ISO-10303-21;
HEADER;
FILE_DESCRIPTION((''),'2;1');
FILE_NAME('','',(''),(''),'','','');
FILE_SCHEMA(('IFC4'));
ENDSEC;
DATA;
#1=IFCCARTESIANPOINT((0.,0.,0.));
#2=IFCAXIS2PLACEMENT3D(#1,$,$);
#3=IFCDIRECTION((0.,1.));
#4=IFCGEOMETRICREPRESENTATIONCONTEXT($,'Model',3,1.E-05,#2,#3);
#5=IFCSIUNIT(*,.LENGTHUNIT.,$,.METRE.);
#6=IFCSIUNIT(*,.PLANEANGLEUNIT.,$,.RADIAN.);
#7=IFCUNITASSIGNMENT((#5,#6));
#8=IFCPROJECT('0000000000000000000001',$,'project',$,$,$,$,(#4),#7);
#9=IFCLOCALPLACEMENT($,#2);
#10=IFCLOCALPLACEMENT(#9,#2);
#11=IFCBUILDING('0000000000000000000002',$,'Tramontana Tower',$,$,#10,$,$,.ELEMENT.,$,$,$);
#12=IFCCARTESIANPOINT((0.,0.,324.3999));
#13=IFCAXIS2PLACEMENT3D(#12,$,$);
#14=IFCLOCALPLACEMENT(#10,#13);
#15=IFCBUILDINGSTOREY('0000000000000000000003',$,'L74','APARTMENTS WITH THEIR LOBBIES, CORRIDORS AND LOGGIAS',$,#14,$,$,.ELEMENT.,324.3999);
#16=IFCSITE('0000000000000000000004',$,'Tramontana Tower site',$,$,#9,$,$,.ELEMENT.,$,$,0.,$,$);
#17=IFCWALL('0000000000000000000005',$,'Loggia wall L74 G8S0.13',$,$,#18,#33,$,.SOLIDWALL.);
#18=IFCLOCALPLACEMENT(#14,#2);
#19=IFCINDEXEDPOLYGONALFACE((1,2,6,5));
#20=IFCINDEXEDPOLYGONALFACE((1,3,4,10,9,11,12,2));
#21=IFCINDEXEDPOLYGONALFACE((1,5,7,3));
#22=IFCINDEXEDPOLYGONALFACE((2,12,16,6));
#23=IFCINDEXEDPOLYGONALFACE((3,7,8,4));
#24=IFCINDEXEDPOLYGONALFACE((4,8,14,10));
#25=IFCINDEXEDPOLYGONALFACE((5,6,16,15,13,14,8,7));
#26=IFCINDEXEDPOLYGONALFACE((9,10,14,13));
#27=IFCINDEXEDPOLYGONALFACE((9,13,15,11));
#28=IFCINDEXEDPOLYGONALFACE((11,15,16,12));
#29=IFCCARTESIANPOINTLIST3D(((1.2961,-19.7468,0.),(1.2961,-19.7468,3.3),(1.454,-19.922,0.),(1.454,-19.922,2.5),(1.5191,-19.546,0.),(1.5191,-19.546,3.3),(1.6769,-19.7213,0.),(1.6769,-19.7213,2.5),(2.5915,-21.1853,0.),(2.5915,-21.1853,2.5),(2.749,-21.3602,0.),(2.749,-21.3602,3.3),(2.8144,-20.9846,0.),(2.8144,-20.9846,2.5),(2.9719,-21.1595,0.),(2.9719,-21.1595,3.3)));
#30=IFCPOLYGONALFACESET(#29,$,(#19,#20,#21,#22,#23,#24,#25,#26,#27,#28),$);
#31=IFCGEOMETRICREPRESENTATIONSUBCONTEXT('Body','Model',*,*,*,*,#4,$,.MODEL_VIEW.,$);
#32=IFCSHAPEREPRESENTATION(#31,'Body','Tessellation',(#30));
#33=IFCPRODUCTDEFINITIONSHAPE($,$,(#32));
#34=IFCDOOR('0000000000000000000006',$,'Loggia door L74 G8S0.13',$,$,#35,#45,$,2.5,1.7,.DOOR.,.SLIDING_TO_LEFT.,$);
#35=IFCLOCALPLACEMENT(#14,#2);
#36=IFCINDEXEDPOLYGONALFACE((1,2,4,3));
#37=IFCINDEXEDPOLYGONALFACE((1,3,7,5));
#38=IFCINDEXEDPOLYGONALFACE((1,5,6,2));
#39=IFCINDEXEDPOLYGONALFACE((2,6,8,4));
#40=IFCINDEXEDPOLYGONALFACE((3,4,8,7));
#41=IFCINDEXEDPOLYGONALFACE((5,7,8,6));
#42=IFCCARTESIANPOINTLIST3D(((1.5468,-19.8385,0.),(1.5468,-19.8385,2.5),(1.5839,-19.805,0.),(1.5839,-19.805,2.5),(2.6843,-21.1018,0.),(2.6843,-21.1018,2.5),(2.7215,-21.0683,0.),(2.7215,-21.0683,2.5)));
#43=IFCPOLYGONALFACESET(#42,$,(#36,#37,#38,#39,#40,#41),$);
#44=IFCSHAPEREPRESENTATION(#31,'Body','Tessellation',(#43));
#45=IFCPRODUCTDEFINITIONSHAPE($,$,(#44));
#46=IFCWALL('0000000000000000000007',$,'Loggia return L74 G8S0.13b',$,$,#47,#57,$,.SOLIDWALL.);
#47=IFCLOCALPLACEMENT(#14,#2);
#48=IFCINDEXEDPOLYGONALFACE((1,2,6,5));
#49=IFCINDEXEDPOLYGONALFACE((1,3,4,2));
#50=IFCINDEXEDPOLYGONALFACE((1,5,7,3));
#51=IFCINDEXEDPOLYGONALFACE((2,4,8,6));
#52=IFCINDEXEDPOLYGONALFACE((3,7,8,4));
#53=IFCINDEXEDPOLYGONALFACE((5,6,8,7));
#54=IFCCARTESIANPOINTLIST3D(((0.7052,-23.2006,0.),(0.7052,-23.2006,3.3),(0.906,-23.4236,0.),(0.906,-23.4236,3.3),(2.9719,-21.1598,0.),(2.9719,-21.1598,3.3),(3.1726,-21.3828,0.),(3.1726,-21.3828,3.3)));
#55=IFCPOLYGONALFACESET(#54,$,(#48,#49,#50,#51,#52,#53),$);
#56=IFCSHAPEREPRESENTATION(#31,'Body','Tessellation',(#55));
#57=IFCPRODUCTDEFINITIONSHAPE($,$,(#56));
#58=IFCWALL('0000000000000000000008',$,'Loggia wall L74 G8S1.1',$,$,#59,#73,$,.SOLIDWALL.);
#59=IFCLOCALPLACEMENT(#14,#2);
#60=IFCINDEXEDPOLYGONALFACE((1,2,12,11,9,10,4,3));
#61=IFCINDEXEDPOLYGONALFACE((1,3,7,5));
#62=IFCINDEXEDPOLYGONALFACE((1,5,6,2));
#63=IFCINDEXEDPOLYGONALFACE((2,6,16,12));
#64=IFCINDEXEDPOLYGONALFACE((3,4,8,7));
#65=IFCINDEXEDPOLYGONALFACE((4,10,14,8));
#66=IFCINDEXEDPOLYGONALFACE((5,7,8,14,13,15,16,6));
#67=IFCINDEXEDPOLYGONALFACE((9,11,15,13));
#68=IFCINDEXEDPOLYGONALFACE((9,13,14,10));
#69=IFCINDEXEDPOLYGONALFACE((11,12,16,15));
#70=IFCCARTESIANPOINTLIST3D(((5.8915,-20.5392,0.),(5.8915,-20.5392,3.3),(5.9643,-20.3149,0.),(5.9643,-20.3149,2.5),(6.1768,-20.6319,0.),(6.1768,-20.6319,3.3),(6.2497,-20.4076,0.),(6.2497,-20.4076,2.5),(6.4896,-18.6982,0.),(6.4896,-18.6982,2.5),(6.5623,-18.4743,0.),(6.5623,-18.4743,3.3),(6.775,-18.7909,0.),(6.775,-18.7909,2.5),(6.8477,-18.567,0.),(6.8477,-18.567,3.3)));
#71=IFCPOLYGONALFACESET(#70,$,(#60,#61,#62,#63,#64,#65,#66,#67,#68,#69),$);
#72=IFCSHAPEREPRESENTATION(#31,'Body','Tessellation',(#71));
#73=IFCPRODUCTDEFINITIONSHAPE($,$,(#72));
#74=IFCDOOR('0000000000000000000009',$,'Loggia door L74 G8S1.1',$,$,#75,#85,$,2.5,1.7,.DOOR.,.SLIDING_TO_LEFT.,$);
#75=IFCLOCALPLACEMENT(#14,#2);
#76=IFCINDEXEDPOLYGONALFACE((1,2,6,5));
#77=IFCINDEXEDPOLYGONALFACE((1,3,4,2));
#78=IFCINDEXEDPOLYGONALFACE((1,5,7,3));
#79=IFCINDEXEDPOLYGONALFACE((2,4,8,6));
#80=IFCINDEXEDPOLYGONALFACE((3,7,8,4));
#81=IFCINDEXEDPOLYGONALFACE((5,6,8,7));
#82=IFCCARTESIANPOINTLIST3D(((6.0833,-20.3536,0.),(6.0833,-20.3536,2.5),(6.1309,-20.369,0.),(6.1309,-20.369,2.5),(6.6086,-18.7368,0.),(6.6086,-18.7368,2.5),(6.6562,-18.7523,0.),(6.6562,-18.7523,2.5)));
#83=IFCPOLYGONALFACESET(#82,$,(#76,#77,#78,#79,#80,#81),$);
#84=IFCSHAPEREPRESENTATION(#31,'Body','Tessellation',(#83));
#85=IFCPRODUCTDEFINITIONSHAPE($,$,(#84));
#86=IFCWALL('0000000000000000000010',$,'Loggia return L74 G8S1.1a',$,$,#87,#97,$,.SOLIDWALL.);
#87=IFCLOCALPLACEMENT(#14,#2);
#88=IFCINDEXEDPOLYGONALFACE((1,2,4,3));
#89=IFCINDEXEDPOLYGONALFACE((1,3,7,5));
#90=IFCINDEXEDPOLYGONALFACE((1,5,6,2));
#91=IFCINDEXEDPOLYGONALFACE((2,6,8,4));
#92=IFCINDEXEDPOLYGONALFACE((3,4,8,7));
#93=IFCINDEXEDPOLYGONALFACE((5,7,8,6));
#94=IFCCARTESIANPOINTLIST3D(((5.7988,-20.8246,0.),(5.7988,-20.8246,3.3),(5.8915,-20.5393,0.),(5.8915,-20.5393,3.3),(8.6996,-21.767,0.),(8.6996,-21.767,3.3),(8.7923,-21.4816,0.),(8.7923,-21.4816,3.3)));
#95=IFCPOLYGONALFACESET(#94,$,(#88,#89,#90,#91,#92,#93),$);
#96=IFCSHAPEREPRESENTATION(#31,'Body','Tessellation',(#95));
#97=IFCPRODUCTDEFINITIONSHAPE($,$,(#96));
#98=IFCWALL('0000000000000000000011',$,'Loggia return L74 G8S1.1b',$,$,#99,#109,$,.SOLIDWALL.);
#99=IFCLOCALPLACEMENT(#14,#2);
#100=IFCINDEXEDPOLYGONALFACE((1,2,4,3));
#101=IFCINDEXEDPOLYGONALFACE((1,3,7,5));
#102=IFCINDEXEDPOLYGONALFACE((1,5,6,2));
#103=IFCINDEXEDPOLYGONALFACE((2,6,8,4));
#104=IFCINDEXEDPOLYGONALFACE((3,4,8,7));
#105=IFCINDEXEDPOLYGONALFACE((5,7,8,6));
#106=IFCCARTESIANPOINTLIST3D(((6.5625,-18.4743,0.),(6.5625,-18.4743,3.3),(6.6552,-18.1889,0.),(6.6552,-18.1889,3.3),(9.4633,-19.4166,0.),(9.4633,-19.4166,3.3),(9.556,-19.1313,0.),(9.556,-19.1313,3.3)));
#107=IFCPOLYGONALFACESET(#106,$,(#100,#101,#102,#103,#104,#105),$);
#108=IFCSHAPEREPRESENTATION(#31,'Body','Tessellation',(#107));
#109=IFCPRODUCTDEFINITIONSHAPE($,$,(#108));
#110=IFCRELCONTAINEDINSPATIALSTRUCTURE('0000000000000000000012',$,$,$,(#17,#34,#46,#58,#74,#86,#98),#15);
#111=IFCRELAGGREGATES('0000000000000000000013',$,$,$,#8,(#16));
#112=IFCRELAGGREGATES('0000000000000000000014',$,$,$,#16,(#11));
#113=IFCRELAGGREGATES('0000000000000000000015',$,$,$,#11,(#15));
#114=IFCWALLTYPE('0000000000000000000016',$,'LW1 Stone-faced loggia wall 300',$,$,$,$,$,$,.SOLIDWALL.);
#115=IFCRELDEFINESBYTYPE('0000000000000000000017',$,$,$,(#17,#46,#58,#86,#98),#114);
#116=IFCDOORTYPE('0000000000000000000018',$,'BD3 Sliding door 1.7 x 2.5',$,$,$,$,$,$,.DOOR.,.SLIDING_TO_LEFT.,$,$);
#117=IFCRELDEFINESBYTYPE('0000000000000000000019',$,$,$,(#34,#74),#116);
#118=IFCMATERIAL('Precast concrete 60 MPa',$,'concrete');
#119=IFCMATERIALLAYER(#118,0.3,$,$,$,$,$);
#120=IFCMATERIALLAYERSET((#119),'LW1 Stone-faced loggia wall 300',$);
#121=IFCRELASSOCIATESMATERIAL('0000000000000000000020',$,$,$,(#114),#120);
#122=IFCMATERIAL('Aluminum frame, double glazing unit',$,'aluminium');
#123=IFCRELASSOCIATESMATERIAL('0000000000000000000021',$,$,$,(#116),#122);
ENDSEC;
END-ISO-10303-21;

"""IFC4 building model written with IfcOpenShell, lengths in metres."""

from ifc_helpers import new_model, si_unit, direction, frame, frame_2d, origin, place, context, subcontext, project, spatial, rectangle, extrude, material, layer, layer_set, type_object, element, fill, save


model = new_model("IFC4")

# Units and contexts
model_context = context("Model", 3, precision=1e-05, world=origin(), true_north=direction((0.0, 1.0)))
body_context = subcontext(model_context, "Body", "Model", "MODEL_VIEW")
ifc_project = project(units=[si_unit("LENGTHUNIT", "METRE"), si_unit("PLANEANGLEUNIT", "RADIAN")], contexts=[model_context])

# Site, building, storey
site_placement = place(None, origin())
site = spatial("IfcSite", under=ifc_project, at=site_placement, Name="Tramontana Tower site", CompositionType="ELEMENT", RefElevation=0.0)
building_placement = place(site_placement, origin())
building = spatial("IfcBuilding", under=site, at=building_placement, Name="Tramontana Tower", CompositionType="ELEMENT")
storey_placement = place(building_placement, frame((0.0, 0.0, 324.3999)))
storey = spatial("IfcBuildingStorey", under=building, at=storey_placement, Name="L74", Description="APARTMENTS WITH THEIR LOBBIES, CORRIDORS AND LOGGIAS", CompositionType="ELEMENT", Elevation=324.3999)

# Wall, opening, door
ifc_material_1 = material(Name="Precast concrete 60 MPa", Category="concrete")
ifc_layer_1 = layer(ifc_material_1, 0.3)
ifc_layer_set_1 = layer_set([ifc_layer_1], Name="LW1 Stone-faced loggia wall 300")
wall_type_1 = type_object("IfcWallType", Name="LW1 Stone-faced loggia wall 300", PredefinedType="SOLIDWALL", material=ifc_layer_set_1)
wall_1_placement = place(storey_placement, frame((1.4077, -19.6465, 0.0), z_axis=(0.0, 0.0, 1.0), x_axis=(0.669145, -0.743132, 0.0)))
wall_1 = element("IfcWall", 1, at=wall_1_placement, inside=storey, type_object=wall_type_1, Name="Loggia wall L74 G8S0.13", PredefinedType="SOLIDWALL", context=body_context, shape_type="SweptSolid", body=[
    extrude(rectangle(XDim=2.1711, YDim=0.3, at=frame_2d((1.0854, 0.0))), origin(), (0.0, 0.0, 1.0), 3.3),
])
opening_1_placement = place(wall_1_placement, frame((0.2356, 0.0, 0.0)))
opening_1 = element("IfcOpeningElement", 2, at=opening_1_placement, cuts=wall_1, PredefinedType="OPENING", context=body_context, shape_type="SweptSolid", body=[
    extrude(rectangle(XDim=1.7, YDim=2.5, at=frame_2d((0.8501, 1.25))), frame((0.0, 0.1599, 0.0), z_axis=(0.0, -1.0, 0.0), x_axis=(1.0, 0.0, 0.0)), (0.0, 0.0, 1.0), 0.3201),
])
ifc_material_2 = material(Name="Aluminum frame, double glazing unit", Category="aluminium")
door_type_1 = type_object("IfcDoorType", Name="BD3 Sliding door 1.7 x 2.5", OperationType="SLIDING_TO_LEFT", PredefinedType="DOOR", material=ifc_material_2)
door_1_placement = place(opening_1_placement, origin())
door_1 = element("IfcDoor", 3, at=door_1_placement, inside=storey, type_object=door_type_1, Name="Loggia door L74 G8S0.13", OperationType="SLIDING_TO_LEFT", OverallHeight=2.5, OverallWidth=1.7, PredefinedType="DOOR", context=body_context, shape_type="SweptSolid", body=[
    extrude(rectangle(XDim=1.7, YDim=2.5, at=frame_2d((0.8501, 1.25))), frame((0.0, 0.0249, 0.0), z_axis=(0.0, -1.0, 0.0), x_axis=(1.0, 0.0, 0.0)), (0.0, 0.0, 1.0), 0.05),
])
fill(opening_1, door_1)

# Wall
wall_2_placement = place(storey_placement, frame((0.8057, -23.312, 0.0), z_axis=(0.0, 0.0, 1.0), x_axis=(0.743159, 0.669115, 0.0)))
element("IfcWall", 4, at=wall_2_placement, inside=storey, type_object=wall_type_1, Name="Loggia return L74 G8S0.13b", PredefinedType="SOLIDWALL", context=body_context, shape_type="SweptSolid", body=[
    extrude(rectangle(XDim=3.05, YDim=0.3, at=frame_2d((1.5249, 0.0))), origin(), (0.0, 0.0, 1.0), 3.3),
])

# Wall, opening, door
wall_3_placement = place(storey_placement, frame((6.0342, -20.5854, 0.0), z_axis=(0.0, 0.0, 1.0), x_axis=(0.309, 0.951062, 0.0)))
wall_3 = element("IfcWall", 5, at=wall_3_placement, inside=storey, type_object=wall_type_1, Name="Loggia wall L74 G8S1.1", PredefinedType="SOLIDWALL", context=body_context, shape_type="SweptSolid", body=[
    extrude(rectangle(XDim=2.1711, YDim=0.3, at=frame_2d((1.0854, 0.0))), origin(), (0.0, 0.0, 1.0), 3.3),
])
opening_2_placement = place(wall_3_placement, frame((0.2356, 0.0, 0.0)))
opening_2 = element("IfcOpeningElement", 6, at=opening_2_placement, cuts=wall_3, PredefinedType="OPENING", context=body_context, shape_type="SweptSolid", body=[
    extrude(rectangle(XDim=1.7, YDim=2.5, at=frame_2d((0.8501, 1.25))), frame((0.0, 0.1599, 0.0), z_axis=(0.0, -1.0, 0.0), x_axis=(1.0, 0.0, 0.0)), (0.0, 0.0, 1.0), 0.3201),
])
door_2_placement = place(opening_2_placement, origin())
door_2 = element("IfcDoor", 7, at=door_2_placement, inside=storey, type_object=door_type_1, Name="Loggia door L74 G8S1.1", OperationType="SLIDING_TO_LEFT", OverallHeight=2.5, OverallWidth=1.7, PredefinedType="DOOR", context=body_context, shape_type="SweptSolid", body=[
    extrude(rectangle(XDim=1.7, YDim=2.5, at=frame_2d((0.8501, 1.25))), frame((0.0, 0.0249, 0.0), z_axis=(0.0, -1.0, 0.0), x_axis=(1.0, 0.0, 0.0)), (0.0, 0.0, 1.0), 0.05),
])
fill(opening_2, door_2)

# Walls
for number, where, z_axis, x_axis, name in (
    (8, (8.7458, -21.6243, 0.0), (0.0, 0.0, 1.0), (-0.951073, 0.308967, 0.0), "Loggia return L74 G8S1.1a"),
    (9, (9.5095, -19.2739, 0.0), (0.0, 0.0, 1.0), (-0.951073, 0.308967, 0.0), "Loggia return L74 G8S1.1b"),
):
    element("IfcWall", number, at=place(storey_placement, frame(where, z_axis=z_axis, x_axis=x_axis)), inside=storey, type_object=wall_type_1, Name=name, PredefinedType="SOLIDWALL", context=body_context, shape_type="SweptSolid", body=[
        extrude(rectangle(XDim=3.05, YDim=0.3, at=frame_2d((1.5249, 0.0))), origin(), (0.0, 0.0, 1.0), 3.3),
    ])

save(model, "model.ifc")
